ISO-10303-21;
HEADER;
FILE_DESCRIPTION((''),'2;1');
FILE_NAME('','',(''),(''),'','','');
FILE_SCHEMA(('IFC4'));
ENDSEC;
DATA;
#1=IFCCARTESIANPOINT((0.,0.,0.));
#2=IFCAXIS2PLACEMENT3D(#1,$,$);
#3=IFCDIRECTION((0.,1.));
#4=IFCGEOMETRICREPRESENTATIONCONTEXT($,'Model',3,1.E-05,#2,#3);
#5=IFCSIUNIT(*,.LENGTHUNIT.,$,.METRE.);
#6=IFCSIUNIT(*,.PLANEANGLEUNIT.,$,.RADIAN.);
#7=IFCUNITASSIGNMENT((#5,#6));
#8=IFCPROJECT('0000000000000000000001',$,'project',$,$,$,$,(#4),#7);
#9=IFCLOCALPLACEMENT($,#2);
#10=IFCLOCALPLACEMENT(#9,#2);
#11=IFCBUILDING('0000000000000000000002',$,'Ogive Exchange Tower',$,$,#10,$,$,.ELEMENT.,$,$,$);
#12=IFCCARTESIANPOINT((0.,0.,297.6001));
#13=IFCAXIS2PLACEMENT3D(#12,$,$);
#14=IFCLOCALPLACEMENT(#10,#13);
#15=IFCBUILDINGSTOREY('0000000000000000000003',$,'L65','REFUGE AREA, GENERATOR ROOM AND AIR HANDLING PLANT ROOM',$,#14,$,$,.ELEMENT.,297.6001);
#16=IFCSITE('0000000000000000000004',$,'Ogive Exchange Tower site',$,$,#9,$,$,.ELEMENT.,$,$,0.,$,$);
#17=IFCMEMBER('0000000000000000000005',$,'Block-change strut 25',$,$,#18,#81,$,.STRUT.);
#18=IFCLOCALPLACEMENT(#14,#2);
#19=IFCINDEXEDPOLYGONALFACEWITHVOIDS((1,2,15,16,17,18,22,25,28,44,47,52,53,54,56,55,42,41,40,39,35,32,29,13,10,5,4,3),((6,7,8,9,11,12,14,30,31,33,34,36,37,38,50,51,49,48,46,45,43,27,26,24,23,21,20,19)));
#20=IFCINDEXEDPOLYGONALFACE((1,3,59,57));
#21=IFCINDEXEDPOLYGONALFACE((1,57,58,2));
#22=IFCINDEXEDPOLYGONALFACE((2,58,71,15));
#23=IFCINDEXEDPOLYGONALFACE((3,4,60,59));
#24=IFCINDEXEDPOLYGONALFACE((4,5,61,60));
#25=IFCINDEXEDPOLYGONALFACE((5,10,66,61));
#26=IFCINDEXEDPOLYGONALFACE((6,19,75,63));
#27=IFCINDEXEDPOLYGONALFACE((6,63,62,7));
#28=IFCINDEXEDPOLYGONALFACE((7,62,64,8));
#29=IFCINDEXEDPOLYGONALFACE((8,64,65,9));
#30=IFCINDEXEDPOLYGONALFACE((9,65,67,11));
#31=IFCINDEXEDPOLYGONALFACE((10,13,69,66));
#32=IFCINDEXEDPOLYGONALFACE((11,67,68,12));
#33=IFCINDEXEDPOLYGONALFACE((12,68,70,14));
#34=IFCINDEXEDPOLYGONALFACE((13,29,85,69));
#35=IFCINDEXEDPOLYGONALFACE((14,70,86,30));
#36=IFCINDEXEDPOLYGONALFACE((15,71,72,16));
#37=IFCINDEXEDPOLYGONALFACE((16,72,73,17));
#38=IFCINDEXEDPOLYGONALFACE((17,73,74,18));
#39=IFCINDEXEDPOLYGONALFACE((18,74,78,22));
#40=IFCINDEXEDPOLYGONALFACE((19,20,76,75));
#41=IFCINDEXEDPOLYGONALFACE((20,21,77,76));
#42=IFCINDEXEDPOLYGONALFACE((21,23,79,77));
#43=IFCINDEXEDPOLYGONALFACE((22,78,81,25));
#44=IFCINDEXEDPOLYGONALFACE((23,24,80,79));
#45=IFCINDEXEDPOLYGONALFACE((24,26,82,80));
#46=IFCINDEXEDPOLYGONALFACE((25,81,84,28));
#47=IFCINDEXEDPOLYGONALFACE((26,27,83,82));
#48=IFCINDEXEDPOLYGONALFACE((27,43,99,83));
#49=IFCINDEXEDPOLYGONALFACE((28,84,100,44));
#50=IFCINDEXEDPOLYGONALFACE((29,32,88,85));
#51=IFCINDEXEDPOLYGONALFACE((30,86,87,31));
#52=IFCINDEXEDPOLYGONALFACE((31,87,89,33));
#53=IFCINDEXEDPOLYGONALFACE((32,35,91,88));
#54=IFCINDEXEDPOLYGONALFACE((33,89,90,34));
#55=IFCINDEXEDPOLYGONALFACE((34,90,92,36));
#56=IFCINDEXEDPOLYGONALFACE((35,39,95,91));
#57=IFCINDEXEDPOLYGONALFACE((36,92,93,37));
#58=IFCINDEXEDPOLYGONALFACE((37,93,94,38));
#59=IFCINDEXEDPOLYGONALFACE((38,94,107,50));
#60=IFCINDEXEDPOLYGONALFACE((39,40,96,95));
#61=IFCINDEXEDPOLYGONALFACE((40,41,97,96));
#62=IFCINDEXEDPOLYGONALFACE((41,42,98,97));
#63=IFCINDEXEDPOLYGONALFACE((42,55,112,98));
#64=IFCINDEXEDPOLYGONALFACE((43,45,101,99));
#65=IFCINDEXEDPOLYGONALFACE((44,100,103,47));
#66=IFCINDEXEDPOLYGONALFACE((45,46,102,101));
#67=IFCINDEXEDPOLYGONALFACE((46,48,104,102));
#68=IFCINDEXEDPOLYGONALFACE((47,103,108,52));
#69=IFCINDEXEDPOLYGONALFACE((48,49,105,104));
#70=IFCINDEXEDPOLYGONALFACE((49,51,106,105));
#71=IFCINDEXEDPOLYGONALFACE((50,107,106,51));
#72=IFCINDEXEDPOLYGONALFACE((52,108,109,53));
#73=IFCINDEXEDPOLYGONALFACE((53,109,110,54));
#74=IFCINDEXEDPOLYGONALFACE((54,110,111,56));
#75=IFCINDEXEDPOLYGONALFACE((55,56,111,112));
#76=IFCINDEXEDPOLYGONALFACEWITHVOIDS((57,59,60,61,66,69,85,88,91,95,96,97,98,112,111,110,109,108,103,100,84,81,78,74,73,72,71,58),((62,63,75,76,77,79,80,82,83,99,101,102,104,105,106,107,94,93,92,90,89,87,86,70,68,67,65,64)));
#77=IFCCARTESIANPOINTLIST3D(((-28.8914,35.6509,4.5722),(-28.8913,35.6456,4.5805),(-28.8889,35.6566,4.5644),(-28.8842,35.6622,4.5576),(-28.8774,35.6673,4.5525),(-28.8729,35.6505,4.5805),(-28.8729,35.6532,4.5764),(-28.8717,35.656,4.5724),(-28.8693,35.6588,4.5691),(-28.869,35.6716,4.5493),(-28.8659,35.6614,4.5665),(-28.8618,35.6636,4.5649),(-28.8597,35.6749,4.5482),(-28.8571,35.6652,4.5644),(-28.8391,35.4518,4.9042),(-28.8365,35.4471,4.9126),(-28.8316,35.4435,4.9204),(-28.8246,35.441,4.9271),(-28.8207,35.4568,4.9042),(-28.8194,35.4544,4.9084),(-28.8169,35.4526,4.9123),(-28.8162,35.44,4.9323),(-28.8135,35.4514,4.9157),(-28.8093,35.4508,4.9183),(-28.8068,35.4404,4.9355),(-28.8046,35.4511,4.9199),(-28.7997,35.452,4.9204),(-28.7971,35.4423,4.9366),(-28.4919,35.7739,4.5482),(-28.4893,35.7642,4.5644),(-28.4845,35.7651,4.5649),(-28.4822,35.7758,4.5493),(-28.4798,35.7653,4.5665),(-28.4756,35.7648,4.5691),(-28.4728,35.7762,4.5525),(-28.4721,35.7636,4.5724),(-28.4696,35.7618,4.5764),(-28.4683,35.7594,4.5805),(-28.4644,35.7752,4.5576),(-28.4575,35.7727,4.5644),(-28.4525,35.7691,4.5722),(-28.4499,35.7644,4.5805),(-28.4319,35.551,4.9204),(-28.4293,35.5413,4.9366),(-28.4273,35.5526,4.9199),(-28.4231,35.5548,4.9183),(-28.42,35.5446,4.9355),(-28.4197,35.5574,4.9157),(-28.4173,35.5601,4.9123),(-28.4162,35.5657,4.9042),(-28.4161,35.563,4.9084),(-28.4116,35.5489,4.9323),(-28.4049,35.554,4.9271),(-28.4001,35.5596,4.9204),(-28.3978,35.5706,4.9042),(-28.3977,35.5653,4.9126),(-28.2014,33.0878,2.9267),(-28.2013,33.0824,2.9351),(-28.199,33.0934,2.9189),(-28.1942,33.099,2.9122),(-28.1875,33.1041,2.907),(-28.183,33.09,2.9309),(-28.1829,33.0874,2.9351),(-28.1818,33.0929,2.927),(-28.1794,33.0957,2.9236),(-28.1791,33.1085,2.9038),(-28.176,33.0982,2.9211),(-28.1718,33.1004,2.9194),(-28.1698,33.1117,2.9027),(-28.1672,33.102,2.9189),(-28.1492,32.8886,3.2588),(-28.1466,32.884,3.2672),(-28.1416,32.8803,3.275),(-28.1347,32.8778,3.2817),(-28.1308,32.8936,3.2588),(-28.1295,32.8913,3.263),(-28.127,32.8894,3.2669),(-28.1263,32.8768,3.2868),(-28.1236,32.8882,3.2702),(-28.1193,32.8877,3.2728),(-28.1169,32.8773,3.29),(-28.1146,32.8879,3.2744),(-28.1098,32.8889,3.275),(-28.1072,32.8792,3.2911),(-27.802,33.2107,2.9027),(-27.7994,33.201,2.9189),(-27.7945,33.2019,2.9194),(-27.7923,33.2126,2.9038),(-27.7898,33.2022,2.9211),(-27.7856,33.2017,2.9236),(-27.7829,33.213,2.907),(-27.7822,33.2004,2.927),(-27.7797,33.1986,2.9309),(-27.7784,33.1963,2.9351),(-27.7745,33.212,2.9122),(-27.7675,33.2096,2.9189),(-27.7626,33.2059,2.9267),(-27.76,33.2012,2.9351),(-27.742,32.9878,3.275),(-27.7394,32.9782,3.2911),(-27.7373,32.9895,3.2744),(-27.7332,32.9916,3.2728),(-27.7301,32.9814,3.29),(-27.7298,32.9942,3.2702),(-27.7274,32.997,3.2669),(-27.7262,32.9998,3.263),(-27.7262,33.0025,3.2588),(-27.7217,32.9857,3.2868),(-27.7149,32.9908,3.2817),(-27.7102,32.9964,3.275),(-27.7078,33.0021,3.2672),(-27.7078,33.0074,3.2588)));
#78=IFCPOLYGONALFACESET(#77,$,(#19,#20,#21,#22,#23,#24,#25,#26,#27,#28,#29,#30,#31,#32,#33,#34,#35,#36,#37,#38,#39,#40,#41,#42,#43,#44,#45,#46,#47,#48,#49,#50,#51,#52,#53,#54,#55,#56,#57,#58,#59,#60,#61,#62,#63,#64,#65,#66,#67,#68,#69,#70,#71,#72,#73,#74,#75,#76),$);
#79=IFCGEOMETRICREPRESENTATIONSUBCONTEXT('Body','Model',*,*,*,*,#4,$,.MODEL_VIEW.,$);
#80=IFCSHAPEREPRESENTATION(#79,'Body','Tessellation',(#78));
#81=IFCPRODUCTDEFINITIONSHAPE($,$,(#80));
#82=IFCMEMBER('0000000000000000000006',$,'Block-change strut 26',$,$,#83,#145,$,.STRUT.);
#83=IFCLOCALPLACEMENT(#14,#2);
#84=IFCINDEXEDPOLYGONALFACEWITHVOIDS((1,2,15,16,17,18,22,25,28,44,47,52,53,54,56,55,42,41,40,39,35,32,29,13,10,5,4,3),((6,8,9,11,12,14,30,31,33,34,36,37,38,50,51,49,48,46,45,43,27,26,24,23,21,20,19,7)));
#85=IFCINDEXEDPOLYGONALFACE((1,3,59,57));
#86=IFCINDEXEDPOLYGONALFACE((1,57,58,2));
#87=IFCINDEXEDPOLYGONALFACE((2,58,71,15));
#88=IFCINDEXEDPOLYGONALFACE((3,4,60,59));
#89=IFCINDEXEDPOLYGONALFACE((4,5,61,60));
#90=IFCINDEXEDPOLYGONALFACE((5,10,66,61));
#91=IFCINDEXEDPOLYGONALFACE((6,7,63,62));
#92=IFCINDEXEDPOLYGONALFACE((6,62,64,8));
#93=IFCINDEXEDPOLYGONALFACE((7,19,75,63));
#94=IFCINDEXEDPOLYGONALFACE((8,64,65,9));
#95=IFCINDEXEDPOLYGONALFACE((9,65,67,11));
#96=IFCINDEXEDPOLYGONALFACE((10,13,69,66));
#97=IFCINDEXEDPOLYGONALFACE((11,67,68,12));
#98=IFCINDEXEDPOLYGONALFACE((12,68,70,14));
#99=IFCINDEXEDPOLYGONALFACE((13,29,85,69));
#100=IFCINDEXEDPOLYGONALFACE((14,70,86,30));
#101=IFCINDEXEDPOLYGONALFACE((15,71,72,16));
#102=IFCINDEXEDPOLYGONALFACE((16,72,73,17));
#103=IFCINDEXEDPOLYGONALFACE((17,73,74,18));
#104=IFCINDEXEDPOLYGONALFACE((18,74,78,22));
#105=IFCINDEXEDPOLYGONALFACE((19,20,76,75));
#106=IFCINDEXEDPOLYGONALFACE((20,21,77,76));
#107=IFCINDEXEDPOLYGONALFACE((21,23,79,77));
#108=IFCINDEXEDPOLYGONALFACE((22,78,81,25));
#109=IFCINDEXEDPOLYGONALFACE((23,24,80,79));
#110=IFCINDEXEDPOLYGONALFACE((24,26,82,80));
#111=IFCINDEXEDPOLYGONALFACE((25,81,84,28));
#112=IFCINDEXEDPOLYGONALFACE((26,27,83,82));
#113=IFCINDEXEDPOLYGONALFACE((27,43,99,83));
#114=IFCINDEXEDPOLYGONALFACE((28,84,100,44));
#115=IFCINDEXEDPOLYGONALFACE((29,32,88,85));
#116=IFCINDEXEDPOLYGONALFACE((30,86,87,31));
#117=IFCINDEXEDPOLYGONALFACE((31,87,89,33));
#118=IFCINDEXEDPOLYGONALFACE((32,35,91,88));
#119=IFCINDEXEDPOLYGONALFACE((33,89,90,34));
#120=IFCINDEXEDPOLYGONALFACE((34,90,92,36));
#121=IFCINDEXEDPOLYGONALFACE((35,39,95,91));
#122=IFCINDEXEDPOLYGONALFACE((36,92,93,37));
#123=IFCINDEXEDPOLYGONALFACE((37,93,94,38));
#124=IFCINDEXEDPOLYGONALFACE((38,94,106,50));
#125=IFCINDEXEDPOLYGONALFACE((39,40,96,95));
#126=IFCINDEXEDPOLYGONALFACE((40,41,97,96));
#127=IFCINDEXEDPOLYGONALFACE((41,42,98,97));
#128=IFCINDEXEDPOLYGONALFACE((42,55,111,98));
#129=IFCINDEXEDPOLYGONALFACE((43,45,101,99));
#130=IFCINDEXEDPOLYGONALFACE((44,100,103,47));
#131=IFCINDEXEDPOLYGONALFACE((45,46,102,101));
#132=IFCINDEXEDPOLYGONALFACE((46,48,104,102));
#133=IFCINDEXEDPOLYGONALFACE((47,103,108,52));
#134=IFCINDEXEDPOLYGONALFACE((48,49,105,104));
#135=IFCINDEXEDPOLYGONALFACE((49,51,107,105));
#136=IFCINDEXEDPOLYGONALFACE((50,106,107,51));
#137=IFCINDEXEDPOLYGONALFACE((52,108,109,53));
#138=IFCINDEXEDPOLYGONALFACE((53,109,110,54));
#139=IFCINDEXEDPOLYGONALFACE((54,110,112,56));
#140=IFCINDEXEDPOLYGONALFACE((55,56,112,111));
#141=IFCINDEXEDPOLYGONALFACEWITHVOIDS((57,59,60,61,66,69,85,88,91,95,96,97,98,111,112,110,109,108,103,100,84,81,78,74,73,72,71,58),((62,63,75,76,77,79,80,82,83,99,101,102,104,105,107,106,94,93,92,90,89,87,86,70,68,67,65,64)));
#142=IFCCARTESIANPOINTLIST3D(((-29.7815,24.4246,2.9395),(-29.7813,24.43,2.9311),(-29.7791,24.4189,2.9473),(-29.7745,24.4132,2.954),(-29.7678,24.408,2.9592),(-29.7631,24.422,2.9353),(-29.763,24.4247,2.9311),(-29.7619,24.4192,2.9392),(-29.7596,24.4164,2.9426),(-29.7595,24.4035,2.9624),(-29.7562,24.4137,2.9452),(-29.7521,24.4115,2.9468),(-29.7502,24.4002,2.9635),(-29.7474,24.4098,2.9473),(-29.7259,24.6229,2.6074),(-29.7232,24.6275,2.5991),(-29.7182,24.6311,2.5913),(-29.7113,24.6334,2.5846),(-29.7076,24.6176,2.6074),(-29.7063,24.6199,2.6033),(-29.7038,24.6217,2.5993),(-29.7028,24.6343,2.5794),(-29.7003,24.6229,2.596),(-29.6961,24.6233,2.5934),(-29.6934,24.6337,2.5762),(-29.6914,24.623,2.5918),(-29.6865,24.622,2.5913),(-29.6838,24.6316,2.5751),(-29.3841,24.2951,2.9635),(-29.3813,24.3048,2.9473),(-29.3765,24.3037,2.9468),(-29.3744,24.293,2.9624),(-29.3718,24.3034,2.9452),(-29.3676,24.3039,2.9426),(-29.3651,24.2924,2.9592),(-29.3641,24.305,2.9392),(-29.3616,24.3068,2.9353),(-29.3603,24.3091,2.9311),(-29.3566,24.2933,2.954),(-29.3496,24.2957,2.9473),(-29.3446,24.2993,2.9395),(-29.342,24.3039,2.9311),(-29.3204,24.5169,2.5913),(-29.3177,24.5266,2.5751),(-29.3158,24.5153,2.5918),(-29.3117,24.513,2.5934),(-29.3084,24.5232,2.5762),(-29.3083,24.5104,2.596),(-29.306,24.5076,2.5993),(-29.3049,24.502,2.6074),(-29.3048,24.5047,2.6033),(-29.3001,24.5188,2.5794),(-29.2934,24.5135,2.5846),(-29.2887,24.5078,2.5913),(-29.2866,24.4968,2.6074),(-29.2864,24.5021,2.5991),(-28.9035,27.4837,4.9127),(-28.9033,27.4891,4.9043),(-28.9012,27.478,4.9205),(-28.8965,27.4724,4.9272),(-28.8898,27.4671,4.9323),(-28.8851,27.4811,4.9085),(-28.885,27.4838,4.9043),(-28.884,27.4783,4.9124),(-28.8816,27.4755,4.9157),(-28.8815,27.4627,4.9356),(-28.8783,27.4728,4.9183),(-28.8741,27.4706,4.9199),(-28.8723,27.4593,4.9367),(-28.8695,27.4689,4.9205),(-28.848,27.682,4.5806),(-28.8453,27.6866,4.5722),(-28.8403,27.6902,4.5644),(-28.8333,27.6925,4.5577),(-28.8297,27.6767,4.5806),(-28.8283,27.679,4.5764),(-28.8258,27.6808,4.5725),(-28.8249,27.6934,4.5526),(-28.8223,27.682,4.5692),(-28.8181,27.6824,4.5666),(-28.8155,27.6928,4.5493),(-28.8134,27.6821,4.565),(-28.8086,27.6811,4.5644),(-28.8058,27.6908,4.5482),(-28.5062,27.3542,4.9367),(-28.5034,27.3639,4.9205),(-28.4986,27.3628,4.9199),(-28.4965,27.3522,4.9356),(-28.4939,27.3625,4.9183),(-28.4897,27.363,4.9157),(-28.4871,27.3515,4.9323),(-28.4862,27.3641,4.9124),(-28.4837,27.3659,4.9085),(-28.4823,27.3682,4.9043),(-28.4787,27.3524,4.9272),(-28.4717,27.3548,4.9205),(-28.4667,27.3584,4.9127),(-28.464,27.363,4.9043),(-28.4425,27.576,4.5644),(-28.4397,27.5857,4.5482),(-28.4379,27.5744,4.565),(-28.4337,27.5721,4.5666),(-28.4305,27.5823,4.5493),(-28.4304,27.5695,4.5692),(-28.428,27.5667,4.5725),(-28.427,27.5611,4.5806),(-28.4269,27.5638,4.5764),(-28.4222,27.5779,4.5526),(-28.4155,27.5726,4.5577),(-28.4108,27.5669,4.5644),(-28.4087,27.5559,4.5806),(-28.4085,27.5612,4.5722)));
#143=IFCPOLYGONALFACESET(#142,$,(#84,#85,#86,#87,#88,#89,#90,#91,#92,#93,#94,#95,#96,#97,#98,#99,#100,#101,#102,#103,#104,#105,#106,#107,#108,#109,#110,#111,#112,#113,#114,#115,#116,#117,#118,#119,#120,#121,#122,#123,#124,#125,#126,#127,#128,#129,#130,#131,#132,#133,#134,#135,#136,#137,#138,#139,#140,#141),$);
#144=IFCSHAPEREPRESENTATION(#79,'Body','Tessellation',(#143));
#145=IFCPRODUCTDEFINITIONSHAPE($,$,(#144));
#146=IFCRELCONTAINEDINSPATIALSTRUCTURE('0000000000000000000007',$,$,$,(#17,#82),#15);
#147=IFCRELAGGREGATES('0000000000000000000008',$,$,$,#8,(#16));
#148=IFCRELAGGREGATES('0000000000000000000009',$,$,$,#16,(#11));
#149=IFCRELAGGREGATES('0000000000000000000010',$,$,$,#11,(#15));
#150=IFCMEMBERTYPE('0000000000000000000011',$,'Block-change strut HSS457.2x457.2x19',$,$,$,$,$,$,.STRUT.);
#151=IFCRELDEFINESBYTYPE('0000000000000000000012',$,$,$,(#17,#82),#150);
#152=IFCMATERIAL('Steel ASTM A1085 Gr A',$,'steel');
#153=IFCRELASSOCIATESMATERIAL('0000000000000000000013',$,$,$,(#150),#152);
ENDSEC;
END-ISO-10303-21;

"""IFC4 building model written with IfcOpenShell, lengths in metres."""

from ifc_helpers import new_model, si_unit, direction, frame, origin, origin_2d, place, context, subcontext, project, spatial, hollow_rectangle, extrude, material, material_profile, profile_set, type_object, element, save


model = new_model("IFC4")

# Units and contexts
model_context = context("Model", 3, precision=1e-05, world=origin(), true_north=direction((0.0, 1.0)))
body_context = subcontext(model_context, "Body", "Model", "MODEL_VIEW")
ifc_project = project(units=[si_unit("LENGTHUNIT", "METRE"), si_unit("PLANEANGLEUNIT", "RADIAN")], contexts=[model_context])

# Site, building, storey
site_placement = place(None, origin())
site = spatial("IfcSite", under=ifc_project, at=site_placement, Name="Ogive Exchange Tower site", CompositionType="ELEMENT", RefElevation=0.0)
building_placement = place(site_placement, origin())
building = spatial("IfcBuilding", under=site, at=building_placement, Name="Ogive Exchange Tower", CompositionType="ELEMENT")
storey_placement = place(building_placement, frame((0.0, 0.0, 297.6001)))
storey = spatial("IfcBuildingStorey", under=building, at=storey_placement, Name="L65", Description="REFUGE AREA, GENERATOR ROOM AND AIR HANDLING PLANT ROOM", CompositionType="ELEMENT", Elevation=297.6001)

# Shared definitions
ifc_material_1 = material(Name="Steel ASTM A1085 Gr A", Category="steel")

# Members
ifc_material_profile_1 = material_profile(ifc_material_1, hollow_rectangle(XDim=0.457, YDim=0.457, WallThickness=0.019, InnerFilletRadius=0.019, OuterFilletRadius=0.0381, at=origin_2d()), Name="HSS457.2x457.2x19")
ifc_profile_set_1 = profile_set([ifc_material_profile_1], Name="Steel ASTM A1085 Gr A")
member_type_1 = type_object("IfcMemberType", Name="Block-change strut HSS457.2x457.2x19", PredefinedType="STRUT", material=ifc_profile_set_1)
member_1_placement = place(storey_placement, frame((-27.9546, 33.0449, 3.0969), z_axis=(-0.220914, 0.820728, 0.52688), x_axis=(-0.965631, -0.259917, 0.0)))
element("IfcMember", 1, at=member_1_placement, inside=storey, type_object=member_type_1, Name="Block-change strut 25", PredefinedType="STRUT", context=body_context, shape_type="SweptSolid", body=[
    extrude(hollow_rectangle(XDim=0.457, YDim=0.457, WallThickness=0.019, InnerFilletRadius=0.019, OuterFilletRadius=0.0381, at=origin_2d()), origin(), (0.0, 0.0, 1.0), 3.123),
])
member_2_placement = place(storey_placement, frame((-29.5339, 24.4634, 2.7693), z_axis=(0.234452, 0.816931, 0.52693), x_axis=(-0.961199, 0.275856, 0.0)))
element("IfcMember", 2, at=member_2_placement, inside=storey, type_object=member_type_1, Name="Block-change strut 26", PredefinedType="STRUT", context=body_context, shape_type="SweptSolid", body=[
    extrude(hollow_rectangle(XDim=0.457, YDim=0.457, WallThickness=0.019, InnerFilletRadius=0.019, OuterFilletRadius=0.0381, at=origin_2d()), origin(), (0.0, 0.0, 1.0), 3.7446),
])

save(model, "model.ifc")
